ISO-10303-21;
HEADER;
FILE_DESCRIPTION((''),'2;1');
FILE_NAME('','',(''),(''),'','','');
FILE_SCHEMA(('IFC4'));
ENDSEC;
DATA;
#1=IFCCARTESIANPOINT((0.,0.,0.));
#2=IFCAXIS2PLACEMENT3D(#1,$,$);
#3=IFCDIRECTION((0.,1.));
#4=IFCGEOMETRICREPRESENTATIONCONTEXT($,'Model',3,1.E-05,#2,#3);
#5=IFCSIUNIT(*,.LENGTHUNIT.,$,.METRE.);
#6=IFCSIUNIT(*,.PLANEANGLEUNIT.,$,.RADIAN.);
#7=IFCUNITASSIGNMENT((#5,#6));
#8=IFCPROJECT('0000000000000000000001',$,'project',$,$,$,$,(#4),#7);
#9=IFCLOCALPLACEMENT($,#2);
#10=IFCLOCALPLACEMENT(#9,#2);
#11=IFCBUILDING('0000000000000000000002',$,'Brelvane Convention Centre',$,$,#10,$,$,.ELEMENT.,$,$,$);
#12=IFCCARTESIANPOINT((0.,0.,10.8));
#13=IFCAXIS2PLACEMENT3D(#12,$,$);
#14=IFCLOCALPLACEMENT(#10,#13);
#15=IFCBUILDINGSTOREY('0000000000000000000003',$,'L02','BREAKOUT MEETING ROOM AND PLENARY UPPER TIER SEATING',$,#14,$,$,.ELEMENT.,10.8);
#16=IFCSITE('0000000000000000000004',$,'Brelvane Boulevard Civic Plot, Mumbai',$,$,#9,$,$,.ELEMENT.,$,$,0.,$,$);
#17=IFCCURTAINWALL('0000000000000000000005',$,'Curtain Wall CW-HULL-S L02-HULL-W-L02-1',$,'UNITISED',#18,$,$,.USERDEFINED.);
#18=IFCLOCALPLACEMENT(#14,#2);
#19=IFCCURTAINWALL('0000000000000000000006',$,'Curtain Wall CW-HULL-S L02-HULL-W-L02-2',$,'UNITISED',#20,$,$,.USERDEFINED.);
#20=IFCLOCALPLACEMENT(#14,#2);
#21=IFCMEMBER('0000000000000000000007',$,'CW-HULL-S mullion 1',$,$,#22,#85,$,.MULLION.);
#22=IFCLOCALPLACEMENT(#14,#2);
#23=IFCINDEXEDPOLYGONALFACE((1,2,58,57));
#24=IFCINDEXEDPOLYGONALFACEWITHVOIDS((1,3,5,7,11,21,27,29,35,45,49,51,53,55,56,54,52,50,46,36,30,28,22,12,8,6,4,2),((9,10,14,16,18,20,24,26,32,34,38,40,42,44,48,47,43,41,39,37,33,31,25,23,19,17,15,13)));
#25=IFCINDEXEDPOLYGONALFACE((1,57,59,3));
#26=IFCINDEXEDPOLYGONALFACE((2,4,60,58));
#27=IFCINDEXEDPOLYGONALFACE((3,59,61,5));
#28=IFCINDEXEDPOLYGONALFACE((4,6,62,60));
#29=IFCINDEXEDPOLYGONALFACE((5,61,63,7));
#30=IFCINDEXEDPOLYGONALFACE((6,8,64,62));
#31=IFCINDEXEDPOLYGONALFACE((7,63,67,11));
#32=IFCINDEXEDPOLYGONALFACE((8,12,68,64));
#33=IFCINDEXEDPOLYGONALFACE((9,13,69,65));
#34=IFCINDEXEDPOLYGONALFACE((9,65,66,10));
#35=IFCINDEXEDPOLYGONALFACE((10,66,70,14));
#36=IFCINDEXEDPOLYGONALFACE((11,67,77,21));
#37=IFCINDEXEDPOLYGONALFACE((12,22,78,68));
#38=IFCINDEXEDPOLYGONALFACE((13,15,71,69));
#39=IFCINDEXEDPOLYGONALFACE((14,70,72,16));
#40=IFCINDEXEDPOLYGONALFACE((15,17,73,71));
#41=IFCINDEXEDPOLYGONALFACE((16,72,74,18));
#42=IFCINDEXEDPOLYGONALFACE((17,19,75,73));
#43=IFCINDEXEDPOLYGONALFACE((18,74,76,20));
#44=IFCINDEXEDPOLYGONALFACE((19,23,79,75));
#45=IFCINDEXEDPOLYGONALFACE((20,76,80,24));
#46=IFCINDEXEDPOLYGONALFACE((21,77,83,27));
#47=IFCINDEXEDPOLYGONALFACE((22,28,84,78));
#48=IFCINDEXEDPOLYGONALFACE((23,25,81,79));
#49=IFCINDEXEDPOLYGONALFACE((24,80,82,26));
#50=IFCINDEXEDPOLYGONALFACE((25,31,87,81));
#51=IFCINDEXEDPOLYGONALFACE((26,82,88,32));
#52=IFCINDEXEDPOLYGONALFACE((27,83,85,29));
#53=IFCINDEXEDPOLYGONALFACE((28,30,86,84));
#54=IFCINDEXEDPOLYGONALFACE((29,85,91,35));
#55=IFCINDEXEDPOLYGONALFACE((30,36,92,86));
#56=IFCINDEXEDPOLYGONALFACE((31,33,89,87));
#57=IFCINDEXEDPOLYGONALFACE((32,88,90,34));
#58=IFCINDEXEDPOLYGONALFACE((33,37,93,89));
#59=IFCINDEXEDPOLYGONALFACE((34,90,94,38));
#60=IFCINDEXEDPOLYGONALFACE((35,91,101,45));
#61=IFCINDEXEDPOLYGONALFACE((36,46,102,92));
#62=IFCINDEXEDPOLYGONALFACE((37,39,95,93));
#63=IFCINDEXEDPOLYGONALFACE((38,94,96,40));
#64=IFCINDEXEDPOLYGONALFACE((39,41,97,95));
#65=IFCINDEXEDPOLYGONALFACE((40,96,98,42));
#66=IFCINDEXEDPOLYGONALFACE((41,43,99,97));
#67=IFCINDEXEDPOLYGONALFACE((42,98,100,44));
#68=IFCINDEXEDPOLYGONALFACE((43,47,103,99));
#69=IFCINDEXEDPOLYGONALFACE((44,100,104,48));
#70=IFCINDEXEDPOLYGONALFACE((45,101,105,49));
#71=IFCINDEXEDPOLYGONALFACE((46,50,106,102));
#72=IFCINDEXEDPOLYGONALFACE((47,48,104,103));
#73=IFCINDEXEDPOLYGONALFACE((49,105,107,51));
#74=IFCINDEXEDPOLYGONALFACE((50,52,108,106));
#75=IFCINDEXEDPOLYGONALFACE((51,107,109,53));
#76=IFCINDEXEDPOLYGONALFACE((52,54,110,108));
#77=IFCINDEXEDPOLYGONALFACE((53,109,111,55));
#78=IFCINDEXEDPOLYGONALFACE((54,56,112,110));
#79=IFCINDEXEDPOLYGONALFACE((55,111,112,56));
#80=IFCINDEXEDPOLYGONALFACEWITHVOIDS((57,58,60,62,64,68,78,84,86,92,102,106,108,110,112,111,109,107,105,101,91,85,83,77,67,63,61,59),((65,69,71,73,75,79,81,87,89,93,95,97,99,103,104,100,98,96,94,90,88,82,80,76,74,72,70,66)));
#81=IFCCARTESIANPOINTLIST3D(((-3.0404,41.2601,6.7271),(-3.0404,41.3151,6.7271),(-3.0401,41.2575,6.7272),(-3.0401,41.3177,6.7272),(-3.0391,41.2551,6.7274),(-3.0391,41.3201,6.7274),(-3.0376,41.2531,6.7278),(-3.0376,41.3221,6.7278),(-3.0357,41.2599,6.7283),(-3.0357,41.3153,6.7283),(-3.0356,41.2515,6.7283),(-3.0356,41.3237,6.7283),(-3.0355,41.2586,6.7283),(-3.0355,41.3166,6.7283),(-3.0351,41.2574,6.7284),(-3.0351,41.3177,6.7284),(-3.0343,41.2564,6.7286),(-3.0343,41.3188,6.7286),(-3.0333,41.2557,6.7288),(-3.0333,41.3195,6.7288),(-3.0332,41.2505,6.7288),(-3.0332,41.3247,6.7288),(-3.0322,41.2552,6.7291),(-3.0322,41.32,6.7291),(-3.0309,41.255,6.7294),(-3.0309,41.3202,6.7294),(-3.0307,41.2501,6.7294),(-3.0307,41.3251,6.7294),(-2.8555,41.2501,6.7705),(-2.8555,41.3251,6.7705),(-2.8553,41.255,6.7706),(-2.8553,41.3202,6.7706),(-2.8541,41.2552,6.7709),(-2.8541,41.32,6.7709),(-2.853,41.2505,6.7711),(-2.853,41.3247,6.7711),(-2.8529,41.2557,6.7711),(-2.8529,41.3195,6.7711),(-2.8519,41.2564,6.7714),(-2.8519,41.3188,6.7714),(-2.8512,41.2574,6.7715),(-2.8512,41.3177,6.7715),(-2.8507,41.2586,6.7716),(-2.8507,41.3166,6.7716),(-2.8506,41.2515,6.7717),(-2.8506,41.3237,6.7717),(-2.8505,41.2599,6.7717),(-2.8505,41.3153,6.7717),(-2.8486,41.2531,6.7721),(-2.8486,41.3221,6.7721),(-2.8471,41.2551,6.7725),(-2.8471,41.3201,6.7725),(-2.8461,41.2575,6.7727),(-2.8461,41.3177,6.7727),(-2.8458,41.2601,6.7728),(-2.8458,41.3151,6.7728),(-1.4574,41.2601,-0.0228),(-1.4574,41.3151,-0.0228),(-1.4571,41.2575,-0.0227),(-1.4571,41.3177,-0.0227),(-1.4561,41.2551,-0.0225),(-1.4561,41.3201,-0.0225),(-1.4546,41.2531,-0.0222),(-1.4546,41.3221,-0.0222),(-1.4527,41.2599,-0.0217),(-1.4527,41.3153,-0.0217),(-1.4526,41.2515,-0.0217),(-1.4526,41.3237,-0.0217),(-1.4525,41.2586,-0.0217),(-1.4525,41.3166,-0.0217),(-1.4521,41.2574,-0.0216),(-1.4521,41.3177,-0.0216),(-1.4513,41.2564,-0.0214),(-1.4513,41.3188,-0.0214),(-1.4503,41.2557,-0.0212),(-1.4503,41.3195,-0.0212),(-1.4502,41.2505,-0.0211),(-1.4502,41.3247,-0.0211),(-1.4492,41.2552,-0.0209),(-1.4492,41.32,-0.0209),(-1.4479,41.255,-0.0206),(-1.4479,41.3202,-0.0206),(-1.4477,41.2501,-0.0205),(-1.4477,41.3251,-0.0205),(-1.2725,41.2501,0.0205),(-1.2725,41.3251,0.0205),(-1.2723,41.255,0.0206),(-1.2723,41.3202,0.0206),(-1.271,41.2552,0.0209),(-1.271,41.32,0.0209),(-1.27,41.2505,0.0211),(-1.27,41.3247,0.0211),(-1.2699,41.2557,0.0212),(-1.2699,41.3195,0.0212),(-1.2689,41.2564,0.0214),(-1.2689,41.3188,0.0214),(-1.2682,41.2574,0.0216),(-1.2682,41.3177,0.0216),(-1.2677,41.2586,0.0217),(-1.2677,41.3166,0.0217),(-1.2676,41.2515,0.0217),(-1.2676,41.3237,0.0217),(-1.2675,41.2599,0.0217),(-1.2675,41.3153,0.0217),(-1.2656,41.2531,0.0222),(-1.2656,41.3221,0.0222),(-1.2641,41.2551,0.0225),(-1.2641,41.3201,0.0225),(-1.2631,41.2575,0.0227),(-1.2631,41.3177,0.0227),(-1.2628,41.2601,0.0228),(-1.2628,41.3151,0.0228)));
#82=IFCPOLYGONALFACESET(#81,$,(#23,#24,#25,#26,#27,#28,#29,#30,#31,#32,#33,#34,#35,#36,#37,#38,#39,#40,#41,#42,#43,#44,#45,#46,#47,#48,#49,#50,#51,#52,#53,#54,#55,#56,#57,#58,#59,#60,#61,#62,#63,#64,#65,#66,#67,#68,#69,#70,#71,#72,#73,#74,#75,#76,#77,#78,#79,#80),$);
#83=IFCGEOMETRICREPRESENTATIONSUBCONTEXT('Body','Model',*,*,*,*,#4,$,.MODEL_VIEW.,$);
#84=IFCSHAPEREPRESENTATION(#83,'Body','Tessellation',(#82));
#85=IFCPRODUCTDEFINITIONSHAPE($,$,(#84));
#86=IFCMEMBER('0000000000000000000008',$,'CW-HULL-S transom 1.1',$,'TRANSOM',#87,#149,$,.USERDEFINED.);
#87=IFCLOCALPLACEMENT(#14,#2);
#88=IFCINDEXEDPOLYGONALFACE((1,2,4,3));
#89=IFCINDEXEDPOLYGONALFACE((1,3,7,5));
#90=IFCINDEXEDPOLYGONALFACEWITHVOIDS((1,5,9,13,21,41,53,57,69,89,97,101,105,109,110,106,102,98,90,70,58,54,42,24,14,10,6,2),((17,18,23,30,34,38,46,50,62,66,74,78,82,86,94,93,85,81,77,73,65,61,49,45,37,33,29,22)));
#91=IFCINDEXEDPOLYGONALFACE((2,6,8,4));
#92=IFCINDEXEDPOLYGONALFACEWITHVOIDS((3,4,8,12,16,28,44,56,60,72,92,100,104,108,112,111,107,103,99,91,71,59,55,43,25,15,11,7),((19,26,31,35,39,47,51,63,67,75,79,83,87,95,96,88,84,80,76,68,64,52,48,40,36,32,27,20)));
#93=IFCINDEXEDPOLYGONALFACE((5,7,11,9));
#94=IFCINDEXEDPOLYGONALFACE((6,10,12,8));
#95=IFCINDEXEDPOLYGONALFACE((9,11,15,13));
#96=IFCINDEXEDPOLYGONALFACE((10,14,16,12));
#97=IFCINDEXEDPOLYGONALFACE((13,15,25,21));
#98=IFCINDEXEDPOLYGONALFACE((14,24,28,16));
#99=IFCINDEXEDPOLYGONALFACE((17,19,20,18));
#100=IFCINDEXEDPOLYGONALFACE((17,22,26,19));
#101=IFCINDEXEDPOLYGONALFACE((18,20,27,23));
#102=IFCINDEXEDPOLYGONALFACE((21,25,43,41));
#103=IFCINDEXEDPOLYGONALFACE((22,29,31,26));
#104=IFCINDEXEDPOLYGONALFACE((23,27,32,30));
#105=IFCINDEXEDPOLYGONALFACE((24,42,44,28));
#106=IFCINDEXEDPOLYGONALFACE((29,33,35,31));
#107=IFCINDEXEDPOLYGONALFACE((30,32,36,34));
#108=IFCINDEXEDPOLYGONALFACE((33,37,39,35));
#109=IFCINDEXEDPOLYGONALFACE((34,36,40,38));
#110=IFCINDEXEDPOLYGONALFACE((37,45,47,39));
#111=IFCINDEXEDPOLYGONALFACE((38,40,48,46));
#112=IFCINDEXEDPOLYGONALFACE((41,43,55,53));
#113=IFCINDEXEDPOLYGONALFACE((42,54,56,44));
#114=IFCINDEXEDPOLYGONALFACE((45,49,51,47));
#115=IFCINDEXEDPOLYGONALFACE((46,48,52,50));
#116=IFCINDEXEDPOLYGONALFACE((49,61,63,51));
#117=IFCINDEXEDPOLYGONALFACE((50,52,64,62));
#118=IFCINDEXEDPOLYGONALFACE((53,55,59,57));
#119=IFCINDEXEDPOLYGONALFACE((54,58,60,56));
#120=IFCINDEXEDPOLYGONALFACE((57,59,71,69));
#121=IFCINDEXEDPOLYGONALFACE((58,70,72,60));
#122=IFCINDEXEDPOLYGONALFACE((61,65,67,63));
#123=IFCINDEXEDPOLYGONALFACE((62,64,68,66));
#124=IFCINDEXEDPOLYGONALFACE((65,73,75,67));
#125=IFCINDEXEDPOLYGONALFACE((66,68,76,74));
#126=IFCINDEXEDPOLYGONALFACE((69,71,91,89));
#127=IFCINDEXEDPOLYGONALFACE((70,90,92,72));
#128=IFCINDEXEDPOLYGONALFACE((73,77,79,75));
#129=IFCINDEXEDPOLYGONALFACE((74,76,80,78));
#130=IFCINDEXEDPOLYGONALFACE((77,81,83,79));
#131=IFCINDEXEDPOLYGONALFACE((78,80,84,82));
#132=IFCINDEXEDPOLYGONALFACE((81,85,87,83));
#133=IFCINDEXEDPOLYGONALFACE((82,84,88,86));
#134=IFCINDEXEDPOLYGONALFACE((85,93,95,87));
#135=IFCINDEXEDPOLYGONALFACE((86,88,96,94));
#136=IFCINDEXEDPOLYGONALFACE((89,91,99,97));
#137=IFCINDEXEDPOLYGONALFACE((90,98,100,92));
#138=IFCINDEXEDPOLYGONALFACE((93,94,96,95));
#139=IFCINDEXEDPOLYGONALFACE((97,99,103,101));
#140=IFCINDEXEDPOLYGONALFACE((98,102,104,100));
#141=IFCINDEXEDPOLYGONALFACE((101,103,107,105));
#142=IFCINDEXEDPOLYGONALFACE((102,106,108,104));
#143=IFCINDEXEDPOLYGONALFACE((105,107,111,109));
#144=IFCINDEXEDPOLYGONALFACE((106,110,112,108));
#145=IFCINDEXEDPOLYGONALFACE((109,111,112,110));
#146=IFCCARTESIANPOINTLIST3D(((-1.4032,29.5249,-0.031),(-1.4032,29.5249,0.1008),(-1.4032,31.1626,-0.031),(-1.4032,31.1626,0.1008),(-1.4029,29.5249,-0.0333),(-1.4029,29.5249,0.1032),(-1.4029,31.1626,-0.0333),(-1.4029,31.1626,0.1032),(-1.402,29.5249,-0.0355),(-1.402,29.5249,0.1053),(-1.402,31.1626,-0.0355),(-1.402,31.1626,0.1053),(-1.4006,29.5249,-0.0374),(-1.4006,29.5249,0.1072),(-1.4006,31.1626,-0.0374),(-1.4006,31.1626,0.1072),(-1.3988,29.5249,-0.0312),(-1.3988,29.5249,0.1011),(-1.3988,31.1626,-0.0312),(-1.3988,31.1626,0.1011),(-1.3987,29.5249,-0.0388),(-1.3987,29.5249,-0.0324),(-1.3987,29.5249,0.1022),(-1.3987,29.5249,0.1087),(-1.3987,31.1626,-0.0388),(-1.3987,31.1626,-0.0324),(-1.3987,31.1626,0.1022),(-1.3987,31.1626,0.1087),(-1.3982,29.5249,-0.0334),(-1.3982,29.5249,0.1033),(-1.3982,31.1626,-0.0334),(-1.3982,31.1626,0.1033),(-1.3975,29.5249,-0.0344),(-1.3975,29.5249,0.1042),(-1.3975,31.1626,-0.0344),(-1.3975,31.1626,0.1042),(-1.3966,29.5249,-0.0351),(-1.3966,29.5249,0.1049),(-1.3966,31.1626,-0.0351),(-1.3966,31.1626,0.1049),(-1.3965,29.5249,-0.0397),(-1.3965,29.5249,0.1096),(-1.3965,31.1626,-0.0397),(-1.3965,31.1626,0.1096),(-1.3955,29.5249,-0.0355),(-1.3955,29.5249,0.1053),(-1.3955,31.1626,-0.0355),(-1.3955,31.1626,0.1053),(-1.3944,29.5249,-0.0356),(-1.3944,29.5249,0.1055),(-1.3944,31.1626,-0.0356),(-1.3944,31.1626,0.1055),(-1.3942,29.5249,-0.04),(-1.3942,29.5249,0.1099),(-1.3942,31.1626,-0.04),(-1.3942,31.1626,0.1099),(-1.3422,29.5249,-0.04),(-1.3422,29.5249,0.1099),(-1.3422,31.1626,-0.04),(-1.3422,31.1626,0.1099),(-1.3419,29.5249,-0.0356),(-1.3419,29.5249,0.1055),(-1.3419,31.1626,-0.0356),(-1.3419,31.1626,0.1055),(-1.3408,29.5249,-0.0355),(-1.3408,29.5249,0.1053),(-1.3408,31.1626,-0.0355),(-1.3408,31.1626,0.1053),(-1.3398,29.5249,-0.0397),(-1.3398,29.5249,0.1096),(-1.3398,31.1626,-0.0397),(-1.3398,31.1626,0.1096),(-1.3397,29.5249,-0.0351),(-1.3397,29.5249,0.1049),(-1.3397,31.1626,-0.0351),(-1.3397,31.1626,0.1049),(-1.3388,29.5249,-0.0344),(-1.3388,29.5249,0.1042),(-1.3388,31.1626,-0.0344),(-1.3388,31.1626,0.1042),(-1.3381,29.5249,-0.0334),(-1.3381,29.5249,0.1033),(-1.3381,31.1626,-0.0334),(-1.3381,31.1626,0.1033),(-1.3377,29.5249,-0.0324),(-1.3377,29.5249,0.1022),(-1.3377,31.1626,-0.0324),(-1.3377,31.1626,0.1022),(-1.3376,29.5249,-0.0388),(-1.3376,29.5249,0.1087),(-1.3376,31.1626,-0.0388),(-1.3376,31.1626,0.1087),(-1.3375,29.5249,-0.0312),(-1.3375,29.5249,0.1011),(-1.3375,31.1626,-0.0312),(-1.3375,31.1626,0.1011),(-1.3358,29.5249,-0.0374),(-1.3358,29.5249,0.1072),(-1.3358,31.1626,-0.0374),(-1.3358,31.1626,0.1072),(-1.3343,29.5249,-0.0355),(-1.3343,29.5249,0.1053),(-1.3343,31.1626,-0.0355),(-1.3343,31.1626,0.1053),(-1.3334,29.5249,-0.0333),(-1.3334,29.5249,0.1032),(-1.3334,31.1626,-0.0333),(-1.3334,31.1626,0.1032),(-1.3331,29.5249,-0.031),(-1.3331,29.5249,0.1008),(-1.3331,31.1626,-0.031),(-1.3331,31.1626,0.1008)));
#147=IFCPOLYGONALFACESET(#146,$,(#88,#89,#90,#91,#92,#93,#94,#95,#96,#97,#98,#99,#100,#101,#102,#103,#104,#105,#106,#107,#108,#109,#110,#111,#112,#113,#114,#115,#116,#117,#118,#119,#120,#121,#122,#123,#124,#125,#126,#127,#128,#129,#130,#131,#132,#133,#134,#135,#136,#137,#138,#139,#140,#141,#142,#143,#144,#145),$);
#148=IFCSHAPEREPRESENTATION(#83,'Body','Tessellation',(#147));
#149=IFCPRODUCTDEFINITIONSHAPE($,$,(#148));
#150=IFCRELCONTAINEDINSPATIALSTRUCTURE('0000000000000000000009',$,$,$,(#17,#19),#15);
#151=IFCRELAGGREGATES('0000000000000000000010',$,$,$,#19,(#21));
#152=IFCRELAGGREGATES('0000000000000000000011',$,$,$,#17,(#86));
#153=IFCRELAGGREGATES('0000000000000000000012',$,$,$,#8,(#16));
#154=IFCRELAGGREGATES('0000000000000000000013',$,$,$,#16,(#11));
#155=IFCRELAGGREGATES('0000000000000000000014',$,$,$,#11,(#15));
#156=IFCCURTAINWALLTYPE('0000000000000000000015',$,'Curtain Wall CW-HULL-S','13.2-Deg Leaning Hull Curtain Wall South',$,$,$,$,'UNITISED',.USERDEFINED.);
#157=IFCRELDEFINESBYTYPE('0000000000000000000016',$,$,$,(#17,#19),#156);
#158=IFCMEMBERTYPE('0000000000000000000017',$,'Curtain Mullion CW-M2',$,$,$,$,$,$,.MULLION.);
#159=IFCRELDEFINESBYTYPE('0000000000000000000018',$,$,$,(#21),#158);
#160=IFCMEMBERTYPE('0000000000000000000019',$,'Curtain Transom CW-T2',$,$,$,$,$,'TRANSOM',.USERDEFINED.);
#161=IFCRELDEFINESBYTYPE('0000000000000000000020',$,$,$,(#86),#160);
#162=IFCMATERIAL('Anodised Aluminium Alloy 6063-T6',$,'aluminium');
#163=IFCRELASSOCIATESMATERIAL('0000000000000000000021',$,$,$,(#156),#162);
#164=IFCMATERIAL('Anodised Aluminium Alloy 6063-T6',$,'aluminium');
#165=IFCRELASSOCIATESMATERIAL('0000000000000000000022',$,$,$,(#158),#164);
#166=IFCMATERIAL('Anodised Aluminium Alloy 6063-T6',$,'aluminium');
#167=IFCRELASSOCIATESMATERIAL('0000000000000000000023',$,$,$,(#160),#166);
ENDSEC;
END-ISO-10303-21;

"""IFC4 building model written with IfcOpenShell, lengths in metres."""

from ifc_helpers import new_model, si_unit, direction, frame, origin, origin_2d, place, context, subcontext, project, spatial, hollow_rectangle, extrude, material, material_profile, profile_set, type_object, element, aggregate, save


model = new_model("IFC4")

# Units and contexts
model_context = context("Model", 3, precision=1e-05, world=origin(), true_north=direction((0.0, 1.0)))
body_context = subcontext(model_context, "Body", "Model", "MODEL_VIEW")
ifc_project = project(units=[si_unit("LENGTHUNIT", "METRE"), si_unit("PLANEANGLEUNIT", "RADIAN")], contexts=[model_context])

# Site, building, storey
site_placement = place(None, origin())
site = spatial("IfcSite", under=ifc_project, at=site_placement, Name="Brelvane Boulevard Civic Plot, Mumbai", CompositionType="ELEMENT", RefElevation=0.0)
building_placement = place(site_placement, origin())
building = spatial("IfcBuilding", under=site, at=building_placement, Name="Brelvane Convention Centre", CompositionType="ELEMENT")
storey_placement = place(building_placement, frame((0.0, 0.0, 10.8)))
storey = spatial("IfcBuildingStorey", under=building, at=storey_placement, Name="L02", Description="BREAKOUT MEETING ROOM AND PLENARY UPPER TIER SEATING", CompositionType="ELEMENT", Elevation=10.8)

# Curtain wall
ifc_material_1 = material(Name="Anodised Aluminium Alloy 6063-T6", Category="aluminium")
curtain_wall_type = type_object("IfcCurtainWallType", Name="Curtain Wall CW-HULL-S", Description="13.2-Deg Leaning Hull Curtain Wall South", ElementType="UNITISED", PredefinedType="USERDEFINED", material=ifc_material_1)
curtain_wall_1_placement = place(storey_placement, origin())
curtain_wall_1 = element("IfcCurtainWall", 1, at=curtain_wall_1_placement, inside=storey, type_object=curtain_wall_type, Name="Curtain Wall CW-HULL-S L02-HULL-W-L02-1", ObjectType="UNITISED", PredefinedType="USERDEFINED")
ifc_material_2 = material(Name="Anodised Aluminium Alloy 6063-T6", Category="aluminium")
ifc_material_profile_1 = material_profile(ifc_material_2, hollow_rectangle(XDim=0.075, YDim=0.2, WallThickness=0.0049, InnerFilletRadius=0.0049, OuterFilletRadius=0.01, at=origin_2d()), Name="ALU-M 200x75x5.0")
ifc_profile_set_1 = profile_set([ifc_material_profile_1], Name="Anodised Aluminium Alloy 6063-T6")
member_type_1 = type_object("IfcMemberType", Name="Curtain Mullion CW-M2", PredefinedType="MULLION", material=ifc_profile_set_1)

# Curtain wall, member
curtain_wall_2_placement = place(storey_placement, origin())
curtain_wall_2 = element("IfcCurtainWall", 2, at=curtain_wall_2_placement, inside=storey, type_object=curtain_wall_type, Name="Curtain Wall CW-HULL-S L02-HULL-W-L02-2", ObjectType="UNITISED", PredefinedType="USERDEFINED")
member_1_placement = place(storey_placement, frame((-1.3601, 41.2876, 0.0), z_axis=(-0.228325, 0.0, 0.973585), x_axis=(0.0, -1.0, 0.0)))
member_1 = element("IfcMember", 3, at=member_1_placement, type_object=member_type_1, Name="CW-HULL-S mullion 1", PredefinedType="MULLION", context=body_context, shape_type="SweptSolid", body=[
    extrude(hollow_rectangle(XDim=0.075, YDim=0.2, WallThickness=0.0049, InnerFilletRadius=0.0049, OuterFilletRadius=0.01, at=origin_2d()), origin(), (0.0, 0.0, 1.0), 6.9331),
])
aggregate(curtain_wall_2, [member_1])

# Member
ifc_material_3 = material(Name="Anodised Aluminium Alloy 6063-T6", Category="aluminium")
ifc_material_profile_2 = material_profile(ifc_material_3, hollow_rectangle(XDim=0.0701, YDim=0.1499, WallThickness=0.0044, InnerFilletRadius=0.0044, OuterFilletRadius=0.009, at=origin_2d()), Name="ALU-T 150x70x4.5")
ifc_profile_set_2 = profile_set([ifc_material_profile_2], Name="Anodised Aluminium Alloy 6063-T6")
member_type_2 = type_object("IfcMemberType", Name="Curtain Transom CW-T2", ElementType="TRANSOM", PredefinedType="USERDEFINED", material=ifc_profile_set_2)
member_2_placement = place(storey_placement, frame((-1.3682, 29.5249, 0.0349), z_axis=(0.0, 1.0, 0.0), x_axis=(-1.0, 0.0, 0.0)))
member_2 = element("IfcMember", 4, at=member_2_placement, type_object=member_type_2, Name="CW-HULL-S transom 1.1", ObjectType="TRANSOM", PredefinedType="USERDEFINED", context=body_context, shape_type="SweptSolid", body=[
    extrude(hollow_rectangle(XDim=0.0701, YDim=0.1499, WallThickness=0.0044, InnerFilletRadius=0.0044, OuterFilletRadius=0.009, at=origin_2d()), origin(), (0.0, 0.0, 1.0), 1.6377),
])

aggregate(curtain_wall_1, [member_2])

save(model, "model.ifc")
